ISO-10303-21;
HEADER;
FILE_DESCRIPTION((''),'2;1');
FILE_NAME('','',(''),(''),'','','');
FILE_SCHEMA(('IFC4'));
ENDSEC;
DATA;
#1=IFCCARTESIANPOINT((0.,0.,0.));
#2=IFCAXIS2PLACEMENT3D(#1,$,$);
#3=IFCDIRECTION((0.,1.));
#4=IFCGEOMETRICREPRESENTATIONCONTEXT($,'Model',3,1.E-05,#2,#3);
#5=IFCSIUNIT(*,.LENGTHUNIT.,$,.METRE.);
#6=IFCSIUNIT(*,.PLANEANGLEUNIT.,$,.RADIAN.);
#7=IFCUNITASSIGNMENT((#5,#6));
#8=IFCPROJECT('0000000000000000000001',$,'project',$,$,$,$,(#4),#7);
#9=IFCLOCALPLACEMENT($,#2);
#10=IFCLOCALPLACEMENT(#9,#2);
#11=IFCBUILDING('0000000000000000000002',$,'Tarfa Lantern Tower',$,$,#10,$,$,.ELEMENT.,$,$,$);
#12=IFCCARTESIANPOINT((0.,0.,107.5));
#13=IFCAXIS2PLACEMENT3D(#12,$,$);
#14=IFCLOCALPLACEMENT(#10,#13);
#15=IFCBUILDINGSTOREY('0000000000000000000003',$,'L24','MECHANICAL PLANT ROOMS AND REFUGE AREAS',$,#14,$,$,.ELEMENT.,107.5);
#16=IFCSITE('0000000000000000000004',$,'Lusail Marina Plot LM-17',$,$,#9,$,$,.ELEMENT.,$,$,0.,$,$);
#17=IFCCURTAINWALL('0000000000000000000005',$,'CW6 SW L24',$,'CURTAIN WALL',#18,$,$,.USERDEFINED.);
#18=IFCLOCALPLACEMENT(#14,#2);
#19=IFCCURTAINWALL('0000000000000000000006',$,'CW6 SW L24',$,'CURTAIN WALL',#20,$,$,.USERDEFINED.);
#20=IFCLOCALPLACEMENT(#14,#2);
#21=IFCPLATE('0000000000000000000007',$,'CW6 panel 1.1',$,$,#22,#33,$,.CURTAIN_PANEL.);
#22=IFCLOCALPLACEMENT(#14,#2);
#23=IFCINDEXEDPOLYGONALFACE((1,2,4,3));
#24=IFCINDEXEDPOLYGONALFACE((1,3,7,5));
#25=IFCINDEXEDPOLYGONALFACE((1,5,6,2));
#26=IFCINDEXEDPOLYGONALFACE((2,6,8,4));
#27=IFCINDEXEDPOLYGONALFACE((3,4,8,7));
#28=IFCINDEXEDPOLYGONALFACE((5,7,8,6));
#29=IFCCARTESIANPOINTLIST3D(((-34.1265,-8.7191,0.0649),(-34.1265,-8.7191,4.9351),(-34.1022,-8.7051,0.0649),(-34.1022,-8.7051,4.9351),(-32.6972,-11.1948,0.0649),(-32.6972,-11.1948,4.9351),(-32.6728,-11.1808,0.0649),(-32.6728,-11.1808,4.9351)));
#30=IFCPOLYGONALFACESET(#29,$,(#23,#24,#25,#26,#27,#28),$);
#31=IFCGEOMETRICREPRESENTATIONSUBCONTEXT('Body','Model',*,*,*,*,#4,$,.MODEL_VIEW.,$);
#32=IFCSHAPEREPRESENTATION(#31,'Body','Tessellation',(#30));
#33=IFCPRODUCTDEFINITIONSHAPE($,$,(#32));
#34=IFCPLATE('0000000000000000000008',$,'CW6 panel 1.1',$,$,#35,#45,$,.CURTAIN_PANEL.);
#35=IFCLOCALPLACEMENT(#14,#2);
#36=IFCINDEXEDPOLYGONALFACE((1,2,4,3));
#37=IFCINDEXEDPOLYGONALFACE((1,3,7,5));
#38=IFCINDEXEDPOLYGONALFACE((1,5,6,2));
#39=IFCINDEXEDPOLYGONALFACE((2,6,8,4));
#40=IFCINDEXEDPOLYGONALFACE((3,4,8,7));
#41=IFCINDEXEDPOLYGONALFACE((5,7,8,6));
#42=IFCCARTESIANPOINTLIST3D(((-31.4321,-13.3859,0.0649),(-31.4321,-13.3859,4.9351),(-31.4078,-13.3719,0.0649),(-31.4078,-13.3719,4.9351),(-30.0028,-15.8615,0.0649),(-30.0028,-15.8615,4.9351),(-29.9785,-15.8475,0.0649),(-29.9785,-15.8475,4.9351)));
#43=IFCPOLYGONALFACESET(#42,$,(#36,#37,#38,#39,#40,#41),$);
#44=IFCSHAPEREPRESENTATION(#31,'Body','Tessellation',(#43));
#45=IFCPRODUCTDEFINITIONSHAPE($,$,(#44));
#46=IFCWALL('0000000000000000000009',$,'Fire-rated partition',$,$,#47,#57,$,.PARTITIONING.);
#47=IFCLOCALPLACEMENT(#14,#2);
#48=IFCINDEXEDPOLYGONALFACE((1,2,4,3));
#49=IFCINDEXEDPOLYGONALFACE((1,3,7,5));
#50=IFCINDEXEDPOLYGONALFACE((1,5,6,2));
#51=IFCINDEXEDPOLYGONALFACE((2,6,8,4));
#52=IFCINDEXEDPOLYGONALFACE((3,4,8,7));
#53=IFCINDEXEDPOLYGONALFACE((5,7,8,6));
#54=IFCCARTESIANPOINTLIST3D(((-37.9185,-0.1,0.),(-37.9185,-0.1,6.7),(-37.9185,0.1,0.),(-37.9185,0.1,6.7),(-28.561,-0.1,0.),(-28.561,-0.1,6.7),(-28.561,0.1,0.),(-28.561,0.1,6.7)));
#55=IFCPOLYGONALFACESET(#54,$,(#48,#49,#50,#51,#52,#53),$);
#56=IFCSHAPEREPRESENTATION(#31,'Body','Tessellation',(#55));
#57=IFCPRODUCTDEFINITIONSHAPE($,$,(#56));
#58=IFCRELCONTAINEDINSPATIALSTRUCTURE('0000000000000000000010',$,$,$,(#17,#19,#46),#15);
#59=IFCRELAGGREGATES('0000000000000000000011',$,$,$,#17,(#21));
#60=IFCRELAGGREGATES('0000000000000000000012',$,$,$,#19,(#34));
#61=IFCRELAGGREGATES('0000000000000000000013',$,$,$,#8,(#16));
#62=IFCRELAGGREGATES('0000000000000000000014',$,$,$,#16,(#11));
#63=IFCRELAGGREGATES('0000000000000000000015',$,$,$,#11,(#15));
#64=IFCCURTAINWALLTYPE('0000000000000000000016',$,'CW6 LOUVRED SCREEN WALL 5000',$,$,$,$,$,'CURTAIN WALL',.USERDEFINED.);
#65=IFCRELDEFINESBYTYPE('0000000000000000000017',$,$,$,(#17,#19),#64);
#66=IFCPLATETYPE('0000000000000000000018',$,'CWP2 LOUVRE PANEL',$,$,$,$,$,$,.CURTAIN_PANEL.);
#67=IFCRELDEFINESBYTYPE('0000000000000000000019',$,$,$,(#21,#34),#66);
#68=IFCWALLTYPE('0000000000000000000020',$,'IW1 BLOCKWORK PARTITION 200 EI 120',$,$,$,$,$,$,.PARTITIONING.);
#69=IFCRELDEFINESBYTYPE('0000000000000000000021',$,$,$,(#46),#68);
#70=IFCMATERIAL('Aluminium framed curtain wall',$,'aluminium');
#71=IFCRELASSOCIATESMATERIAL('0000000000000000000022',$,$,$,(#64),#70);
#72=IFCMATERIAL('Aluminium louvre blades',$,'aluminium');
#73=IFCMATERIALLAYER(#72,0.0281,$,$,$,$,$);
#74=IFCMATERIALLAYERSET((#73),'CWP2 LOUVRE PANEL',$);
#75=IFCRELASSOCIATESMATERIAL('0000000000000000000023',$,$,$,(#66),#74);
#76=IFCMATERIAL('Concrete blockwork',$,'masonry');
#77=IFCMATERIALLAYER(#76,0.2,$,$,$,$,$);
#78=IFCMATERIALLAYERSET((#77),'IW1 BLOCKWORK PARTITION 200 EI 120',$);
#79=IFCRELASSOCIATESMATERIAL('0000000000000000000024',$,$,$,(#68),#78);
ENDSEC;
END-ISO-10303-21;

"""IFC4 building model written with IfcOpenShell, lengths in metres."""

from ifc_helpers import new_model, si_unit, direction, frame, frame_2d, origin, origin_2d, place, context, subcontext, project, spatial, rectangle, extrude, material, layer, layer_set, type_object, element, aggregate, save


model = new_model("IFC4")

# Units and contexts
model_context = context("Model", 3, precision=1e-05, world=origin(), true_north=direction((0.0, 1.0)))
body_context = subcontext(model_context, "Body", "Model", "MODEL_VIEW")
ifc_project = project(units=[si_unit("LENGTHUNIT", "METRE"), si_unit("PLANEANGLEUNIT", "RADIAN")], contexts=[model_context])

# Site, building, storey
site_placement = place(None, origin())
site = spatial("IfcSite", under=ifc_project, at=site_placement, Name="Lusail Marina Plot LM-17", CompositionType="ELEMENT", RefElevation=0.0)
building_placement = place(site_placement, origin())
building = spatial("IfcBuilding", under=site, at=building_placement, Name="Tarfa Lantern Tower", CompositionType="ELEMENT")
storey_placement = place(building_placement, frame((0.0, 0.0, 107.5)))
storey = spatial("IfcBuildingStorey", under=building, at=storey_placement, Name="L24", Description="MECHANICAL PLANT ROOMS AND REFUGE AREAS", CompositionType="ELEMENT", Elevation=107.5)

# Curtain wall
ifc_material_1 = material(Name="Aluminium framed curtain wall", Category="aluminium")
curtain_wall_type = type_object("IfcCurtainWallType", Name="CW6 LOUVRED SCREEN WALL 5000", ElementType="CURTAIN WALL", PredefinedType="USERDEFINED", material=ifc_material_1)
curtain_wall_1_placement = place(storey_placement, origin())
curtain_wall_1 = element("IfcCurtainWall", 1, at=curtain_wall_1_placement, inside=storey, type_object=curtain_wall_type, Name="CW6 SW L24", ObjectType="CURTAIN WALL", PredefinedType="USERDEFINED")

# Curtain wall
curtain_wall_2_placement = place(storey_placement, origin())
curtain_wall_2 = element("IfcCurtainWall", 2, at=curtain_wall_2_placement, inside=storey, type_object=curtain_wall_type, Name="CW6 SW L24", ObjectType="CURTAIN WALL", PredefinedType="USERDEFINED")

# Plates
ifc_material_2 = material(Name="Aluminium louvre blades", Category="aluminium")
ifc_layer_1 = layer(ifc_material_2, 0.0281)
ifc_layer_set_1 = layer_set([ifc_layer_1], Name="CWP2 LOUVRE PANEL")
plate_type = type_object("IfcPlateType", Name="CWP2 LOUVRE PANEL", PredefinedType="CURTAIN_PANEL", material=ifc_layer_set_1)
plate_1_placement = place(storey_placement, frame((-33.3997, -9.95, 0.0649), z_axis=(0.0, 0.0, 1.0), x_axis=(0.5, -0.866025, 0.0)))
plate_1 = element("IfcPlate", 3, at=plate_1_placement, type_object=plate_type, Name="CW6 panel 1.1", PredefinedType="CURTAIN_PANEL", context=body_context, shape_type="SweptSolid", body=[
    extrude(rectangle(XDim=2.8586, YDim=0.0281, at=origin_2d()), origin(), (0.0, 0.0, 1.0), 4.8701),
])
aggregate(curtain_wall_1, [plate_1])
plate_2_placement = place(storey_placement, frame((-30.7053, -14.6167, 0.0649), z_axis=(0.0, 0.0, 1.0), x_axis=(0.5, -0.866025, 0.0)))
plate_2 = element("IfcPlate", 4, at=plate_2_placement, type_object=plate_type, Name="CW6 panel 1.1", PredefinedType="CURTAIN_PANEL", context=body_context, shape_type="SweptSolid", body=[
    extrude(rectangle(XDim=2.8586, YDim=0.0281, at=origin_2d()), origin(), (0.0, 0.0, 1.0), 4.8701),
])
aggregate(curtain_wall_2, [plate_2])

# Wall
ifc_material_3 = material(Name="Concrete blockwork", Category="masonry")
ifc_layer_2 = layer(ifc_material_3, 0.2)
ifc_layer_set_2 = layer_set([ifc_layer_2], Name="IW1 BLOCKWORK PARTITION 200 EI 120")
wall_type = type_object("IfcWallType", Name="IW1 BLOCKWORK PARTITION 200 EI 120", PredefinedType="PARTITIONING", material=ifc_layer_set_2)
wall_placement = place(storey_placement, frame((-28.561, 0.0, 0.0), z_axis=(0.0, 0.0, 1.0), x_axis=(-1.0, 0.0, 0.0)))
element("IfcWall", 5, at=wall_placement, inside=storey, type_object=wall_type, Name="Fire-rated partition", PredefinedType="PARTITIONING", context=body_context, shape_type="SweptSolid", body=[
    extrude(rectangle(XDim=9.3574, YDim=0.2, at=frame_2d((4.6787, 0.0))), origin(), (0.0, 0.0, 1.0), 6.7),
])

save(model, "model.ifc")
